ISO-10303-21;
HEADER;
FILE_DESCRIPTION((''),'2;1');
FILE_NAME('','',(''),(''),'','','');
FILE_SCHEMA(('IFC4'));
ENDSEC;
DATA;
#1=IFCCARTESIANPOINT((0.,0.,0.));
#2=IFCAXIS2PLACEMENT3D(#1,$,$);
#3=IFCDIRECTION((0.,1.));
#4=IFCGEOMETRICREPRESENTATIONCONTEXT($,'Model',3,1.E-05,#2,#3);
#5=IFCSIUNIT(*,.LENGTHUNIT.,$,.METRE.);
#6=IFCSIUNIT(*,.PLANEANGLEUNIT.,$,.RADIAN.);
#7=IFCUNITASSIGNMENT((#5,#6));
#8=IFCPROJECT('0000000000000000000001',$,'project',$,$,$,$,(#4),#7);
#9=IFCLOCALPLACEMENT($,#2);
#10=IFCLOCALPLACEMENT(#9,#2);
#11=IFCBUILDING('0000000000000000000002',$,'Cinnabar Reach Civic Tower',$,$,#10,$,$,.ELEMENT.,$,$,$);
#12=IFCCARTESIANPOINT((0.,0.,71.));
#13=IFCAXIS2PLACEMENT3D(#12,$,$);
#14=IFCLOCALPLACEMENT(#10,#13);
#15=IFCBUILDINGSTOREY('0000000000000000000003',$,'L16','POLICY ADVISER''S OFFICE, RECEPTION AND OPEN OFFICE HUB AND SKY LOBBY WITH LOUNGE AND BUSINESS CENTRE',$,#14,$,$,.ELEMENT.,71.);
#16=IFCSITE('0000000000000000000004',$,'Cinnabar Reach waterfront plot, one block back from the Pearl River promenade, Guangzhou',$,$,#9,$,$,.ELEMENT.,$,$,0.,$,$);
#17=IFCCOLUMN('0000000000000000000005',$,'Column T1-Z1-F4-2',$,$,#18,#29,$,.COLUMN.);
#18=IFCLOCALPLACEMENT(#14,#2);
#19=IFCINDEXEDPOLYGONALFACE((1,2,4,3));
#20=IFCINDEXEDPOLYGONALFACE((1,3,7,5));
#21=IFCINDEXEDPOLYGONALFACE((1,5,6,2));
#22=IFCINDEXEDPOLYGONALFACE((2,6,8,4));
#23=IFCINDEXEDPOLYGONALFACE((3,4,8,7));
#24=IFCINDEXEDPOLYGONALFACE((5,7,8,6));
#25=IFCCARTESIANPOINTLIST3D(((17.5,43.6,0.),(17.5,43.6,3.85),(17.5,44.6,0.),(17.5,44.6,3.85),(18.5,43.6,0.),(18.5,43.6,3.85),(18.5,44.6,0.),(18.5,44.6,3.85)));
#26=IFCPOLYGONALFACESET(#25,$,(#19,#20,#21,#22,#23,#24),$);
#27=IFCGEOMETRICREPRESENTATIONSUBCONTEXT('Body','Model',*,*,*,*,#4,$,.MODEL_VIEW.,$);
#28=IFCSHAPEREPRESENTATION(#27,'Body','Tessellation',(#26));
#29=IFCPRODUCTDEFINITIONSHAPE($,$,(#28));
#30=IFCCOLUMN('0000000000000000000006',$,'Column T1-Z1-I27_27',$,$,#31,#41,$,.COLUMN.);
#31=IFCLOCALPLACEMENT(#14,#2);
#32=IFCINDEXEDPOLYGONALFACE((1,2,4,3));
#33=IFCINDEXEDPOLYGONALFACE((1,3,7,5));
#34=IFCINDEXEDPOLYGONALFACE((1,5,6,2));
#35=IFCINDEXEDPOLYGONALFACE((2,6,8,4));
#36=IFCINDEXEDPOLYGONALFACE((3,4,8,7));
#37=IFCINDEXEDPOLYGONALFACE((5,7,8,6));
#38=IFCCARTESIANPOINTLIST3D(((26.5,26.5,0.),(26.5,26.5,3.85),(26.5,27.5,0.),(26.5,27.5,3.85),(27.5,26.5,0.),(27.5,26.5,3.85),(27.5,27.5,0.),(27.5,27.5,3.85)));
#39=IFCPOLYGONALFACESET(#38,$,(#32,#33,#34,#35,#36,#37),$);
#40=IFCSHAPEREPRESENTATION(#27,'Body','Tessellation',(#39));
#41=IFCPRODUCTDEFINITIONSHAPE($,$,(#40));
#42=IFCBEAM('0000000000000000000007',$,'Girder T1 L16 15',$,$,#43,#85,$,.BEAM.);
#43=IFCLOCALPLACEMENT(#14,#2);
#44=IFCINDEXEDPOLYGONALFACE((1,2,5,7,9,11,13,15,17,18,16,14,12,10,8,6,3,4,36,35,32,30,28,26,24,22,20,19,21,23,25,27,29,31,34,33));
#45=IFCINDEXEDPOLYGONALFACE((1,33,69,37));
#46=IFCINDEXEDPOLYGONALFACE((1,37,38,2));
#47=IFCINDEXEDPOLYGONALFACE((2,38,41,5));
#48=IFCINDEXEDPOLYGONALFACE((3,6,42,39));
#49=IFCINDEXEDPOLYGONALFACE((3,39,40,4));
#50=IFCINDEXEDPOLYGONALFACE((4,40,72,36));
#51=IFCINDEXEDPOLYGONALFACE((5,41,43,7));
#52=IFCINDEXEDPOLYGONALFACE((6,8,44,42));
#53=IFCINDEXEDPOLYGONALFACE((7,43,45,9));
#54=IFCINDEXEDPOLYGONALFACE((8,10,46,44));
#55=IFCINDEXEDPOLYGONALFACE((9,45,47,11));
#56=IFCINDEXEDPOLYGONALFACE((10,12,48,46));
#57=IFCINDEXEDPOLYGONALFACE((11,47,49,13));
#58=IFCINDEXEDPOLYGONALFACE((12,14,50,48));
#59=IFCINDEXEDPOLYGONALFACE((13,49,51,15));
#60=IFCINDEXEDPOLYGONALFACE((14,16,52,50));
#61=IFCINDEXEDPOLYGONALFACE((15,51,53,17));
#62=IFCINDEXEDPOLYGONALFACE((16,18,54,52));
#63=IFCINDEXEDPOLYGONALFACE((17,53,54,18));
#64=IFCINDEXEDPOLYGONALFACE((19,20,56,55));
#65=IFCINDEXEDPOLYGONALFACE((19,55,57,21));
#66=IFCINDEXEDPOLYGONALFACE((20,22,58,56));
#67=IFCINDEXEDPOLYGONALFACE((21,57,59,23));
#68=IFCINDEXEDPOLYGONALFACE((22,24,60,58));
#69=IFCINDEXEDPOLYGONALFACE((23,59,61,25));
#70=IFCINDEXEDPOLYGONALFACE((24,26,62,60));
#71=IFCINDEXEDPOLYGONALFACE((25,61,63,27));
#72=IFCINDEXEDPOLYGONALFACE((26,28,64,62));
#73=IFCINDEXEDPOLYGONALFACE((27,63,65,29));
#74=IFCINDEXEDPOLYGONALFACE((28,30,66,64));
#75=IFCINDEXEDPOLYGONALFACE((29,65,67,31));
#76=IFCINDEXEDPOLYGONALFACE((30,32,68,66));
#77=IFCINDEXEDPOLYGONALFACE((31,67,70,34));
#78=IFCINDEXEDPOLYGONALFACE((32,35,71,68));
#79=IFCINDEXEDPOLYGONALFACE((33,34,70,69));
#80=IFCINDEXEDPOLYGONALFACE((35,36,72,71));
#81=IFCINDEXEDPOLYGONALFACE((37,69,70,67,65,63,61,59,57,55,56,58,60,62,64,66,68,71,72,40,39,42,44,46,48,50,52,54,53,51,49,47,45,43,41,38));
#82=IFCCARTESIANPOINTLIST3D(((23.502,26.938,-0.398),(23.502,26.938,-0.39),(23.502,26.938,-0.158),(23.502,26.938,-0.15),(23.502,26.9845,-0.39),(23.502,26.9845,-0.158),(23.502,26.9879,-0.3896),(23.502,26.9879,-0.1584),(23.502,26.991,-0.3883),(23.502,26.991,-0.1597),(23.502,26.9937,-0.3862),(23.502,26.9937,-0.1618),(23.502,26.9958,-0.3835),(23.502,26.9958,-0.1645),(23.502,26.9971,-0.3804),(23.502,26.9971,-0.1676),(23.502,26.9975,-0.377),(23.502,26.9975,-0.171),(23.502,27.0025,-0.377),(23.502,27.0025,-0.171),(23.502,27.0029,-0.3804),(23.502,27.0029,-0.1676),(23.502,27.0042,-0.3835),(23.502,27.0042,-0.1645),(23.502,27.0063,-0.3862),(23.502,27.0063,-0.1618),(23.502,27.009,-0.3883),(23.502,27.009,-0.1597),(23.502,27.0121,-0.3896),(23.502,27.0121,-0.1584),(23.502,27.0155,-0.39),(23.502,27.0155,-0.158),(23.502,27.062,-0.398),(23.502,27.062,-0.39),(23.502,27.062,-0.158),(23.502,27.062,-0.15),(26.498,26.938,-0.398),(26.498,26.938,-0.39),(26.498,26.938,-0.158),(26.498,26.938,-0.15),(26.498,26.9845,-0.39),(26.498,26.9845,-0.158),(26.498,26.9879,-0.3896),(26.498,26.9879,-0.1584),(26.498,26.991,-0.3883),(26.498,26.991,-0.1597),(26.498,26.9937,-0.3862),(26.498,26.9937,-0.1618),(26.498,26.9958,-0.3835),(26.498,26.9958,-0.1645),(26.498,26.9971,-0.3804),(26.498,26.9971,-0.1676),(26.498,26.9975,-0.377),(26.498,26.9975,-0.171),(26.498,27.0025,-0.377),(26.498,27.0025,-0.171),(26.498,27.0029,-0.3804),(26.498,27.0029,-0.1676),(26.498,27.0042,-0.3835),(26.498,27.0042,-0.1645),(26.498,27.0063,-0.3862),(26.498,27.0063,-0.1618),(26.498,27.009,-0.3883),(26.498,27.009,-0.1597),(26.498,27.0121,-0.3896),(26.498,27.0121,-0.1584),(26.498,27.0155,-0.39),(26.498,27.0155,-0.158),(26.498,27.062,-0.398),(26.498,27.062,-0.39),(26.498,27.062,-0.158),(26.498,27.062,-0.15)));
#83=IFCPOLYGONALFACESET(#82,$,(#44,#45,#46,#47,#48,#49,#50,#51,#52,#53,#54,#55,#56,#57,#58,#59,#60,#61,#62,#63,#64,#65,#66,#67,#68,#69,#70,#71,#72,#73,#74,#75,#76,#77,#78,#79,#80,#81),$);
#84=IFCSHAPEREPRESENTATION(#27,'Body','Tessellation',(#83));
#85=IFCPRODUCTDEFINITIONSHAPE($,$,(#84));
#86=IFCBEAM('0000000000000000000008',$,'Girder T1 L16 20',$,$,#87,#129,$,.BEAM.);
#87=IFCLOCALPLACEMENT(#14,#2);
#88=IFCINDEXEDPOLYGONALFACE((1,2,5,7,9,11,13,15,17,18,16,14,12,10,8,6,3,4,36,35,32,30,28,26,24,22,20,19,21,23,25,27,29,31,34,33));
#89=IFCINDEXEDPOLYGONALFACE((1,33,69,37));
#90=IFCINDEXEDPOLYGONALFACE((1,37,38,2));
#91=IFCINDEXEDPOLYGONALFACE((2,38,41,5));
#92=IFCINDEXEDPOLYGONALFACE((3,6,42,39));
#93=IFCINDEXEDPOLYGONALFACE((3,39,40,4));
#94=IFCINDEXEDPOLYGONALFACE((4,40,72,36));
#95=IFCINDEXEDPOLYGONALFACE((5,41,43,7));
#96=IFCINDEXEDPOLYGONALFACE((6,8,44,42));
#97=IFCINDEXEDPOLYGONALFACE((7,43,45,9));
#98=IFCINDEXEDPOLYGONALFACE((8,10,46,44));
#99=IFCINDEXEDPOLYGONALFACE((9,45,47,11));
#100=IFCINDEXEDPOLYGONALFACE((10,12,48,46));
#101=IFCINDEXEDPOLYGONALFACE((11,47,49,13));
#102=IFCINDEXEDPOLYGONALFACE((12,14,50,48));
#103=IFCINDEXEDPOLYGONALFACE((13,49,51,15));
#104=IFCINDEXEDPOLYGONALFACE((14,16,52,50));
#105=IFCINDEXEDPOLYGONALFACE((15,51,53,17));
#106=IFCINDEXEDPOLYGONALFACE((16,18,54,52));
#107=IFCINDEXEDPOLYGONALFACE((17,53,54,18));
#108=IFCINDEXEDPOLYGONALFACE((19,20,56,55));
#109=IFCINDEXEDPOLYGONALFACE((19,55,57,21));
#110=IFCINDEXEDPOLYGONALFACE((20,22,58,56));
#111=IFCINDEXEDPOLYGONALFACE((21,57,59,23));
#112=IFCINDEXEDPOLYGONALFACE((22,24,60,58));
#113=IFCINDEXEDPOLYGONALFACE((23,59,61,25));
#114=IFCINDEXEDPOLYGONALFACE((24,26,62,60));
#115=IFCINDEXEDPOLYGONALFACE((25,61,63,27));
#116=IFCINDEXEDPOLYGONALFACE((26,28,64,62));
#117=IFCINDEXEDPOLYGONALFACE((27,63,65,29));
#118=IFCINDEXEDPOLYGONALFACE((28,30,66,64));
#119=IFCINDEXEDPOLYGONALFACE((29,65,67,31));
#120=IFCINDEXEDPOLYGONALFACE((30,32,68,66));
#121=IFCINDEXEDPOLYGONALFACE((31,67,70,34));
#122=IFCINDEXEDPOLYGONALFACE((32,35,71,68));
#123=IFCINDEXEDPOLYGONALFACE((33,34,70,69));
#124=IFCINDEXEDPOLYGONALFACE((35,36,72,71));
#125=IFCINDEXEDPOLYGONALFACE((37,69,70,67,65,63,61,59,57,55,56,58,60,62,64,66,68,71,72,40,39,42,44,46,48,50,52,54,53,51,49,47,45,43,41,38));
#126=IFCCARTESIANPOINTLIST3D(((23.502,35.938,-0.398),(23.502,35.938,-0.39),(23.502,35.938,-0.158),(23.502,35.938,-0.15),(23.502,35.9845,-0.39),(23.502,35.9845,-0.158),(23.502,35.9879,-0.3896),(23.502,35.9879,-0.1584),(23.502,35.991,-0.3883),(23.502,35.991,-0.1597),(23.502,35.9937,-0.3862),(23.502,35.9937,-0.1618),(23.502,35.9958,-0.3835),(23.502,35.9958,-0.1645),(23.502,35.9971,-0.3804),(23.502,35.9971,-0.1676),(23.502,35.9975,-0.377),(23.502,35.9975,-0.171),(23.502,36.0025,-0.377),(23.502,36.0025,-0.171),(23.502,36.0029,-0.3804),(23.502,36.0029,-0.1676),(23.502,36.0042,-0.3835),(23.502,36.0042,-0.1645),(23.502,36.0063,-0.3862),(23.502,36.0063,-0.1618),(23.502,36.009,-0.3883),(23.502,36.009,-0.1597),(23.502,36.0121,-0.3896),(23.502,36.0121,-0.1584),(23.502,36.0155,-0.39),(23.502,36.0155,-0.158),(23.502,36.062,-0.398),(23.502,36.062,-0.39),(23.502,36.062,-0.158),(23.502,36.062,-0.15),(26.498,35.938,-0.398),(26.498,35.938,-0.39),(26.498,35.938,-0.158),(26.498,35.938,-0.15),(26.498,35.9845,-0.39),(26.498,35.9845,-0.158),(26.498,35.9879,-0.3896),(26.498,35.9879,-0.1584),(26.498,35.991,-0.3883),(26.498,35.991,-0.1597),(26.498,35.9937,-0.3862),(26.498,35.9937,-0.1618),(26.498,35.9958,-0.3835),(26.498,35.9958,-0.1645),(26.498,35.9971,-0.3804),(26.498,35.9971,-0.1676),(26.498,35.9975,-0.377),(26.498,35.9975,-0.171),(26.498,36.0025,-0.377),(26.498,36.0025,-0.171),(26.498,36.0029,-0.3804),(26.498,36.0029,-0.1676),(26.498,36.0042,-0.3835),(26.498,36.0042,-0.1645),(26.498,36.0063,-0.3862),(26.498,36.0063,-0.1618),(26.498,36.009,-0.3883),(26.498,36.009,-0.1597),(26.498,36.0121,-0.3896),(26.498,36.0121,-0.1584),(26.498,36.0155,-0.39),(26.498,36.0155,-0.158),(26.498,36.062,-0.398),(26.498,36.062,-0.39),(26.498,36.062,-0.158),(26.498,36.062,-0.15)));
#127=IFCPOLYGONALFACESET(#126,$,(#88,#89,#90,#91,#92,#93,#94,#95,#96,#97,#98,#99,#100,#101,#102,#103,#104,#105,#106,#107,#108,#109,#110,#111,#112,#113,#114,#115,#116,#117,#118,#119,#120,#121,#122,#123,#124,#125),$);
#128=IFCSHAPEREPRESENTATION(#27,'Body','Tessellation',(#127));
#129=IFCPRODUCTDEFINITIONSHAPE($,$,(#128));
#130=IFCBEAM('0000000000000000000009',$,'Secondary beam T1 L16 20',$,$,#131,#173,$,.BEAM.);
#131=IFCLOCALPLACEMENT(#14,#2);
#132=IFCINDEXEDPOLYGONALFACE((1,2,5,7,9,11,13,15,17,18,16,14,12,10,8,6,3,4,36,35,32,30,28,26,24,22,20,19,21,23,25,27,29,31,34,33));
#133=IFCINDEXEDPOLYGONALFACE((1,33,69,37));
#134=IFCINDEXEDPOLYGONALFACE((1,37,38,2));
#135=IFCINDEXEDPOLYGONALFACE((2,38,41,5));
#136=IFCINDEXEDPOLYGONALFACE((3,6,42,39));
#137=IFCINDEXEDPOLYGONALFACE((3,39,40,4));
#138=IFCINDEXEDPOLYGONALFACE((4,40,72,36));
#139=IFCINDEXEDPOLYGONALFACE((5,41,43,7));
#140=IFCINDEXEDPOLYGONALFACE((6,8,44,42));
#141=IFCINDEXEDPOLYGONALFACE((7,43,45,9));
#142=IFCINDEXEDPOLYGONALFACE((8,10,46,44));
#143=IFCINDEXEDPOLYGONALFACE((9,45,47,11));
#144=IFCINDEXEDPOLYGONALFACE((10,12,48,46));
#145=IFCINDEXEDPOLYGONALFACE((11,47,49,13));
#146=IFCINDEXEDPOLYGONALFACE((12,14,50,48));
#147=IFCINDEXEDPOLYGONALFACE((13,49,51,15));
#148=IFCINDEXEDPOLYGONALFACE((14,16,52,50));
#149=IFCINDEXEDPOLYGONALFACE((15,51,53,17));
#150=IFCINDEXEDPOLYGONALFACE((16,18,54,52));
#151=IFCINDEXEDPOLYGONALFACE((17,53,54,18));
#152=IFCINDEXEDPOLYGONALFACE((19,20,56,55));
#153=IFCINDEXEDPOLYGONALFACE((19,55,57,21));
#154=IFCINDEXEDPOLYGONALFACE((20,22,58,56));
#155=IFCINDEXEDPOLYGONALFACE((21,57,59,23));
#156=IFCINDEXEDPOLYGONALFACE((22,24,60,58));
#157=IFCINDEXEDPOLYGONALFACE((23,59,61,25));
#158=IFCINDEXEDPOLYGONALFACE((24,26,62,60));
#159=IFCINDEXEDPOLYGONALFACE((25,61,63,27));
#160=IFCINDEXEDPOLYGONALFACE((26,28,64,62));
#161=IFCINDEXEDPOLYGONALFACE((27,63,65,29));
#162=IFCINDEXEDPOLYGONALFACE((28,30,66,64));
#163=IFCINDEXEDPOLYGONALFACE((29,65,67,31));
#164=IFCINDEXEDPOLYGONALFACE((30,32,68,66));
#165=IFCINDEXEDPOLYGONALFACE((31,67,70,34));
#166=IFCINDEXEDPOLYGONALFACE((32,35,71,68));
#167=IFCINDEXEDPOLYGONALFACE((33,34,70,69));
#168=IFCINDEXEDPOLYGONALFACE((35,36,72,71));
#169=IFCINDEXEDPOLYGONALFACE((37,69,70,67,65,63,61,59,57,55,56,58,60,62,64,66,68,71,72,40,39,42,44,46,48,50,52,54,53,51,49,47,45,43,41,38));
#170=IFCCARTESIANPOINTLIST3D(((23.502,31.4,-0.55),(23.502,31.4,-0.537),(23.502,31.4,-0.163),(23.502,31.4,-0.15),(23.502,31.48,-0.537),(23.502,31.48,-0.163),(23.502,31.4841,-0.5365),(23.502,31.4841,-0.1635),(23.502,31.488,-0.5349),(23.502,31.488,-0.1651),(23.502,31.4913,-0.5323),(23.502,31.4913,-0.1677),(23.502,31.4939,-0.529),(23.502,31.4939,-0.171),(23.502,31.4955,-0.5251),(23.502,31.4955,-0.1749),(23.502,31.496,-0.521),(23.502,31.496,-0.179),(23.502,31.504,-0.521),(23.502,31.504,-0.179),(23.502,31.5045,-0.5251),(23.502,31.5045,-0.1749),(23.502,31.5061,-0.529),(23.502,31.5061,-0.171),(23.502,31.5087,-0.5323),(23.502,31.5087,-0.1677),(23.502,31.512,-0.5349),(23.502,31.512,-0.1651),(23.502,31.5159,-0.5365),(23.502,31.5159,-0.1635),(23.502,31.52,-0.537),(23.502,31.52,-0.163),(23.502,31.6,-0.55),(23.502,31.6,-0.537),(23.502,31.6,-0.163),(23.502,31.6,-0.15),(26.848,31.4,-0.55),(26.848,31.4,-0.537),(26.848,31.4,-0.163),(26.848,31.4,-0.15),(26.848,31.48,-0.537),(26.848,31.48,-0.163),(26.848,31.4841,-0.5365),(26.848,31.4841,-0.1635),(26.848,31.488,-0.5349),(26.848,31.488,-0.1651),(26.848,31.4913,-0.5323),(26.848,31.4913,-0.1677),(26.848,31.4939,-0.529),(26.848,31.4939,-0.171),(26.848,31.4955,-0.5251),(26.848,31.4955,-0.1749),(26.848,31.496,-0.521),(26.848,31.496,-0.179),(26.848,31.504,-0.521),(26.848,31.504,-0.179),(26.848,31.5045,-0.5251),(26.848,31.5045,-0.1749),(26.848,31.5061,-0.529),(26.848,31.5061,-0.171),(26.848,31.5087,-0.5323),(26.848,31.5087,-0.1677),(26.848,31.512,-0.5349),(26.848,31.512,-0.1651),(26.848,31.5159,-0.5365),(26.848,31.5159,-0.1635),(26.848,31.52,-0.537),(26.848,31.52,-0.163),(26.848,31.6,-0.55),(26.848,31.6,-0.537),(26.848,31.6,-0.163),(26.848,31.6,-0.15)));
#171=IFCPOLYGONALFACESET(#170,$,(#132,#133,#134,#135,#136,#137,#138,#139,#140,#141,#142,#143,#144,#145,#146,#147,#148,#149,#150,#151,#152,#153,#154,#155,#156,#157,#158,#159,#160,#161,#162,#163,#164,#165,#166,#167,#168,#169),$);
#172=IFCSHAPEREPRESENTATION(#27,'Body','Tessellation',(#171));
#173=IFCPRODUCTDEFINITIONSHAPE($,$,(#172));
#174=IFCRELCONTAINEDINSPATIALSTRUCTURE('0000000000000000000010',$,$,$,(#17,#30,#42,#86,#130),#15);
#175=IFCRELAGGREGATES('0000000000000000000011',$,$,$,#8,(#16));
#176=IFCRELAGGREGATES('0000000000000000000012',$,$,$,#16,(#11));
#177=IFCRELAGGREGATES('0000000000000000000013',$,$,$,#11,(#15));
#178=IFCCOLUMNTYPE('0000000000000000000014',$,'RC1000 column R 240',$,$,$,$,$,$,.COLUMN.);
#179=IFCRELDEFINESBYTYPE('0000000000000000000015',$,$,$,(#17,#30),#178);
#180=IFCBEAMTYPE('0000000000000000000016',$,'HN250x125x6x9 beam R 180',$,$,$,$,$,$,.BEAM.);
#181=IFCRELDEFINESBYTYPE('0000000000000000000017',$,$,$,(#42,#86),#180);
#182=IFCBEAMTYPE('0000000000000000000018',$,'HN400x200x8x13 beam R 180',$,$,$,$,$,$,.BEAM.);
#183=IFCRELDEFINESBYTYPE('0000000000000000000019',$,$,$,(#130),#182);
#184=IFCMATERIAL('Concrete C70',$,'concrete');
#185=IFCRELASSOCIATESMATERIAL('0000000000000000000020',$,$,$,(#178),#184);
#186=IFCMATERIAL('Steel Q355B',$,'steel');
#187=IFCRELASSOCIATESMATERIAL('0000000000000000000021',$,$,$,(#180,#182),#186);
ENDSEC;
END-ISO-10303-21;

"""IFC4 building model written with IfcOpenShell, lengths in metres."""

from ifc_helpers import new_model, si_unit, direction, frame, origin, origin_2d, place, context, subcontext, project, spatial, rectangle, i_section, extrude, material, material_profile, profile_set, type_object, element, save


model = new_model("IFC4")

# Units and contexts
model_context = context("Model", 3, precision=1e-05, world=origin(), true_north=direction((0.0, 1.0)))
body_context = subcontext(model_context, "Body", "Model", "MODEL_VIEW")
ifc_project = project(units=[si_unit("LENGTHUNIT", "METRE"), si_unit("PLANEANGLEUNIT", "RADIAN")], contexts=[model_context])

# Site, building, storey
site_placement = place(None, origin())
site = spatial("IfcSite", under=ifc_project, at=site_placement, Name="Cinnabar Reach waterfront plot, one block back from the Pearl River promenade, Guangzhou", CompositionType="ELEMENT", RefElevation=0.0)
building_placement = place(site_placement, origin())
building = spatial("IfcBuilding", under=site, at=building_placement, Name="Cinnabar Reach Civic Tower", CompositionType="ELEMENT")
storey_placement = place(building_placement, frame((0.0, 0.0, 71.0)))
storey = spatial("IfcBuildingStorey", under=building, at=storey_placement, Name="L16", Description="POLICY ADVISER'S OFFICE, RECEPTION AND OPEN OFFICE HUB AND SKY LOBBY WITH LOUNGE AND BUSINESS CENTRE", CompositionType="ELEMENT", Elevation=71.0)

# Columns
ifc_material_1 = material(Name="Concrete C70", Category="concrete")
ifc_material_profile_1 = material_profile(ifc_material_1, rectangle(XDim=1.0, YDim=1.0, at=origin_2d()), Name="RC1000")
ifc_profile_set_1 = profile_set([ifc_material_profile_1], Name="Concrete C70")
column_type = type_object("IfcColumnType", Name="RC1000 column R 240", PredefinedType="COLUMN", material=ifc_profile_set_1)
for number, where, z_axis, x_axis, name in (
    (1, (18.0, 44.1, 0.0), (0.0, 0.0, 1.0), (1.0, 0.0, 0.0), "Column T1-Z1-F4-2"),
    (2, (27.0, 27.0, 0.0), (0.0, 0.0, 1.0), (1.0, 0.0, 0.0), "Column T1-Z1-I27_27"),
):
    element("IfcColumn", number, at=place(storey_placement, frame(where, z_axis=z_axis, x_axis=x_axis)), inside=storey, type_object=column_type, Name=name, PredefinedType="COLUMN", context=body_context, shape_type="SweptSolid", body=[
        extrude(rectangle(XDim=1.0, YDim=1.0, at=origin_2d()), origin(), (0.0, 0.0, 1.0), 3.85),
    ])

# Beams
ifc_material_2 = material(Name="Steel Q355B", Category="steel")
ifc_material_profile_2 = material_profile(ifc_material_2, i_section(OverallWidth=0.124, OverallDepth=0.248, WebThickness=0.005, FlangeThickness=0.008, FilletRadius=0.013, at=origin_2d()), Name="HN250x125x6x9")
ifc_profile_set_2 = profile_set([ifc_material_profile_2], Name="Steel Q355B")
beam_type_1 = type_object("IfcBeamType", Name="HN250x125x6x9 beam R 180", PredefinedType="BEAM", material=ifc_profile_set_2)
for number, where, z_axis, x_axis, name in (
    (3, (23.502, 27.0, -0.274), (1.0, 0.0, 0.0), (0.0, 1.0, 0.0), "Girder T1 L16 15"),
    (4, (23.502, 36.0, -0.274), (1.0, 0.0, 0.0), (0.0, 1.0, 0.0), "Girder T1 L16 20"),
):
    element("IfcBeam", number, at=place(storey_placement, frame(where, z_axis=z_axis, x_axis=x_axis)), inside=storey, type_object=beam_type_1, Name=name, PredefinedType="BEAM", context=body_context, shape_type="SweptSolid", body=[
        extrude(i_section(OverallWidth=0.124, OverallDepth=0.248, WebThickness=0.005, FlangeThickness=0.008, FilletRadius=0.013, at=origin_2d()), origin(), (0.0, 0.0, 1.0), 2.996),
    ])
ifc_material_profile_3 = material_profile(ifc_material_2, i_section(OverallWidth=0.2, OverallDepth=0.4, WebThickness=0.008, FlangeThickness=0.013, FilletRadius=0.016, at=origin_2d()), Name="HN400x200x8x13")
ifc_profile_set_3 = profile_set([ifc_material_profile_3], Name="Steel Q355B")
beam_type_2 = type_object("IfcBeamType", Name="HN400x200x8x13 beam R 180", PredefinedType="BEAM", material=ifc_profile_set_3)
for number, where, z_axis, x_axis, name in (
    (5, (23.502, 31.5, -0.35), (1.0, 0.0, 0.0), (0.0, 1.0, 0.0), "Secondary beam T1 L16 20"),
):
    element("IfcBeam", number, at=place(storey_placement, frame(where, z_axis=z_axis, x_axis=x_axis)), inside=storey, type_object=beam_type_2, Name=name, PredefinedType="BEAM", context=body_context, shape_type="SweptSolid", body=[
        extrude(i_section(OverallWidth=0.2, OverallDepth=0.4, WebThickness=0.008, FlangeThickness=0.013, FilletRadius=0.016, at=origin_2d()), origin(), (0.0, 0.0, 1.0), 3.346),
    ])

save(model, "model.ifc")
